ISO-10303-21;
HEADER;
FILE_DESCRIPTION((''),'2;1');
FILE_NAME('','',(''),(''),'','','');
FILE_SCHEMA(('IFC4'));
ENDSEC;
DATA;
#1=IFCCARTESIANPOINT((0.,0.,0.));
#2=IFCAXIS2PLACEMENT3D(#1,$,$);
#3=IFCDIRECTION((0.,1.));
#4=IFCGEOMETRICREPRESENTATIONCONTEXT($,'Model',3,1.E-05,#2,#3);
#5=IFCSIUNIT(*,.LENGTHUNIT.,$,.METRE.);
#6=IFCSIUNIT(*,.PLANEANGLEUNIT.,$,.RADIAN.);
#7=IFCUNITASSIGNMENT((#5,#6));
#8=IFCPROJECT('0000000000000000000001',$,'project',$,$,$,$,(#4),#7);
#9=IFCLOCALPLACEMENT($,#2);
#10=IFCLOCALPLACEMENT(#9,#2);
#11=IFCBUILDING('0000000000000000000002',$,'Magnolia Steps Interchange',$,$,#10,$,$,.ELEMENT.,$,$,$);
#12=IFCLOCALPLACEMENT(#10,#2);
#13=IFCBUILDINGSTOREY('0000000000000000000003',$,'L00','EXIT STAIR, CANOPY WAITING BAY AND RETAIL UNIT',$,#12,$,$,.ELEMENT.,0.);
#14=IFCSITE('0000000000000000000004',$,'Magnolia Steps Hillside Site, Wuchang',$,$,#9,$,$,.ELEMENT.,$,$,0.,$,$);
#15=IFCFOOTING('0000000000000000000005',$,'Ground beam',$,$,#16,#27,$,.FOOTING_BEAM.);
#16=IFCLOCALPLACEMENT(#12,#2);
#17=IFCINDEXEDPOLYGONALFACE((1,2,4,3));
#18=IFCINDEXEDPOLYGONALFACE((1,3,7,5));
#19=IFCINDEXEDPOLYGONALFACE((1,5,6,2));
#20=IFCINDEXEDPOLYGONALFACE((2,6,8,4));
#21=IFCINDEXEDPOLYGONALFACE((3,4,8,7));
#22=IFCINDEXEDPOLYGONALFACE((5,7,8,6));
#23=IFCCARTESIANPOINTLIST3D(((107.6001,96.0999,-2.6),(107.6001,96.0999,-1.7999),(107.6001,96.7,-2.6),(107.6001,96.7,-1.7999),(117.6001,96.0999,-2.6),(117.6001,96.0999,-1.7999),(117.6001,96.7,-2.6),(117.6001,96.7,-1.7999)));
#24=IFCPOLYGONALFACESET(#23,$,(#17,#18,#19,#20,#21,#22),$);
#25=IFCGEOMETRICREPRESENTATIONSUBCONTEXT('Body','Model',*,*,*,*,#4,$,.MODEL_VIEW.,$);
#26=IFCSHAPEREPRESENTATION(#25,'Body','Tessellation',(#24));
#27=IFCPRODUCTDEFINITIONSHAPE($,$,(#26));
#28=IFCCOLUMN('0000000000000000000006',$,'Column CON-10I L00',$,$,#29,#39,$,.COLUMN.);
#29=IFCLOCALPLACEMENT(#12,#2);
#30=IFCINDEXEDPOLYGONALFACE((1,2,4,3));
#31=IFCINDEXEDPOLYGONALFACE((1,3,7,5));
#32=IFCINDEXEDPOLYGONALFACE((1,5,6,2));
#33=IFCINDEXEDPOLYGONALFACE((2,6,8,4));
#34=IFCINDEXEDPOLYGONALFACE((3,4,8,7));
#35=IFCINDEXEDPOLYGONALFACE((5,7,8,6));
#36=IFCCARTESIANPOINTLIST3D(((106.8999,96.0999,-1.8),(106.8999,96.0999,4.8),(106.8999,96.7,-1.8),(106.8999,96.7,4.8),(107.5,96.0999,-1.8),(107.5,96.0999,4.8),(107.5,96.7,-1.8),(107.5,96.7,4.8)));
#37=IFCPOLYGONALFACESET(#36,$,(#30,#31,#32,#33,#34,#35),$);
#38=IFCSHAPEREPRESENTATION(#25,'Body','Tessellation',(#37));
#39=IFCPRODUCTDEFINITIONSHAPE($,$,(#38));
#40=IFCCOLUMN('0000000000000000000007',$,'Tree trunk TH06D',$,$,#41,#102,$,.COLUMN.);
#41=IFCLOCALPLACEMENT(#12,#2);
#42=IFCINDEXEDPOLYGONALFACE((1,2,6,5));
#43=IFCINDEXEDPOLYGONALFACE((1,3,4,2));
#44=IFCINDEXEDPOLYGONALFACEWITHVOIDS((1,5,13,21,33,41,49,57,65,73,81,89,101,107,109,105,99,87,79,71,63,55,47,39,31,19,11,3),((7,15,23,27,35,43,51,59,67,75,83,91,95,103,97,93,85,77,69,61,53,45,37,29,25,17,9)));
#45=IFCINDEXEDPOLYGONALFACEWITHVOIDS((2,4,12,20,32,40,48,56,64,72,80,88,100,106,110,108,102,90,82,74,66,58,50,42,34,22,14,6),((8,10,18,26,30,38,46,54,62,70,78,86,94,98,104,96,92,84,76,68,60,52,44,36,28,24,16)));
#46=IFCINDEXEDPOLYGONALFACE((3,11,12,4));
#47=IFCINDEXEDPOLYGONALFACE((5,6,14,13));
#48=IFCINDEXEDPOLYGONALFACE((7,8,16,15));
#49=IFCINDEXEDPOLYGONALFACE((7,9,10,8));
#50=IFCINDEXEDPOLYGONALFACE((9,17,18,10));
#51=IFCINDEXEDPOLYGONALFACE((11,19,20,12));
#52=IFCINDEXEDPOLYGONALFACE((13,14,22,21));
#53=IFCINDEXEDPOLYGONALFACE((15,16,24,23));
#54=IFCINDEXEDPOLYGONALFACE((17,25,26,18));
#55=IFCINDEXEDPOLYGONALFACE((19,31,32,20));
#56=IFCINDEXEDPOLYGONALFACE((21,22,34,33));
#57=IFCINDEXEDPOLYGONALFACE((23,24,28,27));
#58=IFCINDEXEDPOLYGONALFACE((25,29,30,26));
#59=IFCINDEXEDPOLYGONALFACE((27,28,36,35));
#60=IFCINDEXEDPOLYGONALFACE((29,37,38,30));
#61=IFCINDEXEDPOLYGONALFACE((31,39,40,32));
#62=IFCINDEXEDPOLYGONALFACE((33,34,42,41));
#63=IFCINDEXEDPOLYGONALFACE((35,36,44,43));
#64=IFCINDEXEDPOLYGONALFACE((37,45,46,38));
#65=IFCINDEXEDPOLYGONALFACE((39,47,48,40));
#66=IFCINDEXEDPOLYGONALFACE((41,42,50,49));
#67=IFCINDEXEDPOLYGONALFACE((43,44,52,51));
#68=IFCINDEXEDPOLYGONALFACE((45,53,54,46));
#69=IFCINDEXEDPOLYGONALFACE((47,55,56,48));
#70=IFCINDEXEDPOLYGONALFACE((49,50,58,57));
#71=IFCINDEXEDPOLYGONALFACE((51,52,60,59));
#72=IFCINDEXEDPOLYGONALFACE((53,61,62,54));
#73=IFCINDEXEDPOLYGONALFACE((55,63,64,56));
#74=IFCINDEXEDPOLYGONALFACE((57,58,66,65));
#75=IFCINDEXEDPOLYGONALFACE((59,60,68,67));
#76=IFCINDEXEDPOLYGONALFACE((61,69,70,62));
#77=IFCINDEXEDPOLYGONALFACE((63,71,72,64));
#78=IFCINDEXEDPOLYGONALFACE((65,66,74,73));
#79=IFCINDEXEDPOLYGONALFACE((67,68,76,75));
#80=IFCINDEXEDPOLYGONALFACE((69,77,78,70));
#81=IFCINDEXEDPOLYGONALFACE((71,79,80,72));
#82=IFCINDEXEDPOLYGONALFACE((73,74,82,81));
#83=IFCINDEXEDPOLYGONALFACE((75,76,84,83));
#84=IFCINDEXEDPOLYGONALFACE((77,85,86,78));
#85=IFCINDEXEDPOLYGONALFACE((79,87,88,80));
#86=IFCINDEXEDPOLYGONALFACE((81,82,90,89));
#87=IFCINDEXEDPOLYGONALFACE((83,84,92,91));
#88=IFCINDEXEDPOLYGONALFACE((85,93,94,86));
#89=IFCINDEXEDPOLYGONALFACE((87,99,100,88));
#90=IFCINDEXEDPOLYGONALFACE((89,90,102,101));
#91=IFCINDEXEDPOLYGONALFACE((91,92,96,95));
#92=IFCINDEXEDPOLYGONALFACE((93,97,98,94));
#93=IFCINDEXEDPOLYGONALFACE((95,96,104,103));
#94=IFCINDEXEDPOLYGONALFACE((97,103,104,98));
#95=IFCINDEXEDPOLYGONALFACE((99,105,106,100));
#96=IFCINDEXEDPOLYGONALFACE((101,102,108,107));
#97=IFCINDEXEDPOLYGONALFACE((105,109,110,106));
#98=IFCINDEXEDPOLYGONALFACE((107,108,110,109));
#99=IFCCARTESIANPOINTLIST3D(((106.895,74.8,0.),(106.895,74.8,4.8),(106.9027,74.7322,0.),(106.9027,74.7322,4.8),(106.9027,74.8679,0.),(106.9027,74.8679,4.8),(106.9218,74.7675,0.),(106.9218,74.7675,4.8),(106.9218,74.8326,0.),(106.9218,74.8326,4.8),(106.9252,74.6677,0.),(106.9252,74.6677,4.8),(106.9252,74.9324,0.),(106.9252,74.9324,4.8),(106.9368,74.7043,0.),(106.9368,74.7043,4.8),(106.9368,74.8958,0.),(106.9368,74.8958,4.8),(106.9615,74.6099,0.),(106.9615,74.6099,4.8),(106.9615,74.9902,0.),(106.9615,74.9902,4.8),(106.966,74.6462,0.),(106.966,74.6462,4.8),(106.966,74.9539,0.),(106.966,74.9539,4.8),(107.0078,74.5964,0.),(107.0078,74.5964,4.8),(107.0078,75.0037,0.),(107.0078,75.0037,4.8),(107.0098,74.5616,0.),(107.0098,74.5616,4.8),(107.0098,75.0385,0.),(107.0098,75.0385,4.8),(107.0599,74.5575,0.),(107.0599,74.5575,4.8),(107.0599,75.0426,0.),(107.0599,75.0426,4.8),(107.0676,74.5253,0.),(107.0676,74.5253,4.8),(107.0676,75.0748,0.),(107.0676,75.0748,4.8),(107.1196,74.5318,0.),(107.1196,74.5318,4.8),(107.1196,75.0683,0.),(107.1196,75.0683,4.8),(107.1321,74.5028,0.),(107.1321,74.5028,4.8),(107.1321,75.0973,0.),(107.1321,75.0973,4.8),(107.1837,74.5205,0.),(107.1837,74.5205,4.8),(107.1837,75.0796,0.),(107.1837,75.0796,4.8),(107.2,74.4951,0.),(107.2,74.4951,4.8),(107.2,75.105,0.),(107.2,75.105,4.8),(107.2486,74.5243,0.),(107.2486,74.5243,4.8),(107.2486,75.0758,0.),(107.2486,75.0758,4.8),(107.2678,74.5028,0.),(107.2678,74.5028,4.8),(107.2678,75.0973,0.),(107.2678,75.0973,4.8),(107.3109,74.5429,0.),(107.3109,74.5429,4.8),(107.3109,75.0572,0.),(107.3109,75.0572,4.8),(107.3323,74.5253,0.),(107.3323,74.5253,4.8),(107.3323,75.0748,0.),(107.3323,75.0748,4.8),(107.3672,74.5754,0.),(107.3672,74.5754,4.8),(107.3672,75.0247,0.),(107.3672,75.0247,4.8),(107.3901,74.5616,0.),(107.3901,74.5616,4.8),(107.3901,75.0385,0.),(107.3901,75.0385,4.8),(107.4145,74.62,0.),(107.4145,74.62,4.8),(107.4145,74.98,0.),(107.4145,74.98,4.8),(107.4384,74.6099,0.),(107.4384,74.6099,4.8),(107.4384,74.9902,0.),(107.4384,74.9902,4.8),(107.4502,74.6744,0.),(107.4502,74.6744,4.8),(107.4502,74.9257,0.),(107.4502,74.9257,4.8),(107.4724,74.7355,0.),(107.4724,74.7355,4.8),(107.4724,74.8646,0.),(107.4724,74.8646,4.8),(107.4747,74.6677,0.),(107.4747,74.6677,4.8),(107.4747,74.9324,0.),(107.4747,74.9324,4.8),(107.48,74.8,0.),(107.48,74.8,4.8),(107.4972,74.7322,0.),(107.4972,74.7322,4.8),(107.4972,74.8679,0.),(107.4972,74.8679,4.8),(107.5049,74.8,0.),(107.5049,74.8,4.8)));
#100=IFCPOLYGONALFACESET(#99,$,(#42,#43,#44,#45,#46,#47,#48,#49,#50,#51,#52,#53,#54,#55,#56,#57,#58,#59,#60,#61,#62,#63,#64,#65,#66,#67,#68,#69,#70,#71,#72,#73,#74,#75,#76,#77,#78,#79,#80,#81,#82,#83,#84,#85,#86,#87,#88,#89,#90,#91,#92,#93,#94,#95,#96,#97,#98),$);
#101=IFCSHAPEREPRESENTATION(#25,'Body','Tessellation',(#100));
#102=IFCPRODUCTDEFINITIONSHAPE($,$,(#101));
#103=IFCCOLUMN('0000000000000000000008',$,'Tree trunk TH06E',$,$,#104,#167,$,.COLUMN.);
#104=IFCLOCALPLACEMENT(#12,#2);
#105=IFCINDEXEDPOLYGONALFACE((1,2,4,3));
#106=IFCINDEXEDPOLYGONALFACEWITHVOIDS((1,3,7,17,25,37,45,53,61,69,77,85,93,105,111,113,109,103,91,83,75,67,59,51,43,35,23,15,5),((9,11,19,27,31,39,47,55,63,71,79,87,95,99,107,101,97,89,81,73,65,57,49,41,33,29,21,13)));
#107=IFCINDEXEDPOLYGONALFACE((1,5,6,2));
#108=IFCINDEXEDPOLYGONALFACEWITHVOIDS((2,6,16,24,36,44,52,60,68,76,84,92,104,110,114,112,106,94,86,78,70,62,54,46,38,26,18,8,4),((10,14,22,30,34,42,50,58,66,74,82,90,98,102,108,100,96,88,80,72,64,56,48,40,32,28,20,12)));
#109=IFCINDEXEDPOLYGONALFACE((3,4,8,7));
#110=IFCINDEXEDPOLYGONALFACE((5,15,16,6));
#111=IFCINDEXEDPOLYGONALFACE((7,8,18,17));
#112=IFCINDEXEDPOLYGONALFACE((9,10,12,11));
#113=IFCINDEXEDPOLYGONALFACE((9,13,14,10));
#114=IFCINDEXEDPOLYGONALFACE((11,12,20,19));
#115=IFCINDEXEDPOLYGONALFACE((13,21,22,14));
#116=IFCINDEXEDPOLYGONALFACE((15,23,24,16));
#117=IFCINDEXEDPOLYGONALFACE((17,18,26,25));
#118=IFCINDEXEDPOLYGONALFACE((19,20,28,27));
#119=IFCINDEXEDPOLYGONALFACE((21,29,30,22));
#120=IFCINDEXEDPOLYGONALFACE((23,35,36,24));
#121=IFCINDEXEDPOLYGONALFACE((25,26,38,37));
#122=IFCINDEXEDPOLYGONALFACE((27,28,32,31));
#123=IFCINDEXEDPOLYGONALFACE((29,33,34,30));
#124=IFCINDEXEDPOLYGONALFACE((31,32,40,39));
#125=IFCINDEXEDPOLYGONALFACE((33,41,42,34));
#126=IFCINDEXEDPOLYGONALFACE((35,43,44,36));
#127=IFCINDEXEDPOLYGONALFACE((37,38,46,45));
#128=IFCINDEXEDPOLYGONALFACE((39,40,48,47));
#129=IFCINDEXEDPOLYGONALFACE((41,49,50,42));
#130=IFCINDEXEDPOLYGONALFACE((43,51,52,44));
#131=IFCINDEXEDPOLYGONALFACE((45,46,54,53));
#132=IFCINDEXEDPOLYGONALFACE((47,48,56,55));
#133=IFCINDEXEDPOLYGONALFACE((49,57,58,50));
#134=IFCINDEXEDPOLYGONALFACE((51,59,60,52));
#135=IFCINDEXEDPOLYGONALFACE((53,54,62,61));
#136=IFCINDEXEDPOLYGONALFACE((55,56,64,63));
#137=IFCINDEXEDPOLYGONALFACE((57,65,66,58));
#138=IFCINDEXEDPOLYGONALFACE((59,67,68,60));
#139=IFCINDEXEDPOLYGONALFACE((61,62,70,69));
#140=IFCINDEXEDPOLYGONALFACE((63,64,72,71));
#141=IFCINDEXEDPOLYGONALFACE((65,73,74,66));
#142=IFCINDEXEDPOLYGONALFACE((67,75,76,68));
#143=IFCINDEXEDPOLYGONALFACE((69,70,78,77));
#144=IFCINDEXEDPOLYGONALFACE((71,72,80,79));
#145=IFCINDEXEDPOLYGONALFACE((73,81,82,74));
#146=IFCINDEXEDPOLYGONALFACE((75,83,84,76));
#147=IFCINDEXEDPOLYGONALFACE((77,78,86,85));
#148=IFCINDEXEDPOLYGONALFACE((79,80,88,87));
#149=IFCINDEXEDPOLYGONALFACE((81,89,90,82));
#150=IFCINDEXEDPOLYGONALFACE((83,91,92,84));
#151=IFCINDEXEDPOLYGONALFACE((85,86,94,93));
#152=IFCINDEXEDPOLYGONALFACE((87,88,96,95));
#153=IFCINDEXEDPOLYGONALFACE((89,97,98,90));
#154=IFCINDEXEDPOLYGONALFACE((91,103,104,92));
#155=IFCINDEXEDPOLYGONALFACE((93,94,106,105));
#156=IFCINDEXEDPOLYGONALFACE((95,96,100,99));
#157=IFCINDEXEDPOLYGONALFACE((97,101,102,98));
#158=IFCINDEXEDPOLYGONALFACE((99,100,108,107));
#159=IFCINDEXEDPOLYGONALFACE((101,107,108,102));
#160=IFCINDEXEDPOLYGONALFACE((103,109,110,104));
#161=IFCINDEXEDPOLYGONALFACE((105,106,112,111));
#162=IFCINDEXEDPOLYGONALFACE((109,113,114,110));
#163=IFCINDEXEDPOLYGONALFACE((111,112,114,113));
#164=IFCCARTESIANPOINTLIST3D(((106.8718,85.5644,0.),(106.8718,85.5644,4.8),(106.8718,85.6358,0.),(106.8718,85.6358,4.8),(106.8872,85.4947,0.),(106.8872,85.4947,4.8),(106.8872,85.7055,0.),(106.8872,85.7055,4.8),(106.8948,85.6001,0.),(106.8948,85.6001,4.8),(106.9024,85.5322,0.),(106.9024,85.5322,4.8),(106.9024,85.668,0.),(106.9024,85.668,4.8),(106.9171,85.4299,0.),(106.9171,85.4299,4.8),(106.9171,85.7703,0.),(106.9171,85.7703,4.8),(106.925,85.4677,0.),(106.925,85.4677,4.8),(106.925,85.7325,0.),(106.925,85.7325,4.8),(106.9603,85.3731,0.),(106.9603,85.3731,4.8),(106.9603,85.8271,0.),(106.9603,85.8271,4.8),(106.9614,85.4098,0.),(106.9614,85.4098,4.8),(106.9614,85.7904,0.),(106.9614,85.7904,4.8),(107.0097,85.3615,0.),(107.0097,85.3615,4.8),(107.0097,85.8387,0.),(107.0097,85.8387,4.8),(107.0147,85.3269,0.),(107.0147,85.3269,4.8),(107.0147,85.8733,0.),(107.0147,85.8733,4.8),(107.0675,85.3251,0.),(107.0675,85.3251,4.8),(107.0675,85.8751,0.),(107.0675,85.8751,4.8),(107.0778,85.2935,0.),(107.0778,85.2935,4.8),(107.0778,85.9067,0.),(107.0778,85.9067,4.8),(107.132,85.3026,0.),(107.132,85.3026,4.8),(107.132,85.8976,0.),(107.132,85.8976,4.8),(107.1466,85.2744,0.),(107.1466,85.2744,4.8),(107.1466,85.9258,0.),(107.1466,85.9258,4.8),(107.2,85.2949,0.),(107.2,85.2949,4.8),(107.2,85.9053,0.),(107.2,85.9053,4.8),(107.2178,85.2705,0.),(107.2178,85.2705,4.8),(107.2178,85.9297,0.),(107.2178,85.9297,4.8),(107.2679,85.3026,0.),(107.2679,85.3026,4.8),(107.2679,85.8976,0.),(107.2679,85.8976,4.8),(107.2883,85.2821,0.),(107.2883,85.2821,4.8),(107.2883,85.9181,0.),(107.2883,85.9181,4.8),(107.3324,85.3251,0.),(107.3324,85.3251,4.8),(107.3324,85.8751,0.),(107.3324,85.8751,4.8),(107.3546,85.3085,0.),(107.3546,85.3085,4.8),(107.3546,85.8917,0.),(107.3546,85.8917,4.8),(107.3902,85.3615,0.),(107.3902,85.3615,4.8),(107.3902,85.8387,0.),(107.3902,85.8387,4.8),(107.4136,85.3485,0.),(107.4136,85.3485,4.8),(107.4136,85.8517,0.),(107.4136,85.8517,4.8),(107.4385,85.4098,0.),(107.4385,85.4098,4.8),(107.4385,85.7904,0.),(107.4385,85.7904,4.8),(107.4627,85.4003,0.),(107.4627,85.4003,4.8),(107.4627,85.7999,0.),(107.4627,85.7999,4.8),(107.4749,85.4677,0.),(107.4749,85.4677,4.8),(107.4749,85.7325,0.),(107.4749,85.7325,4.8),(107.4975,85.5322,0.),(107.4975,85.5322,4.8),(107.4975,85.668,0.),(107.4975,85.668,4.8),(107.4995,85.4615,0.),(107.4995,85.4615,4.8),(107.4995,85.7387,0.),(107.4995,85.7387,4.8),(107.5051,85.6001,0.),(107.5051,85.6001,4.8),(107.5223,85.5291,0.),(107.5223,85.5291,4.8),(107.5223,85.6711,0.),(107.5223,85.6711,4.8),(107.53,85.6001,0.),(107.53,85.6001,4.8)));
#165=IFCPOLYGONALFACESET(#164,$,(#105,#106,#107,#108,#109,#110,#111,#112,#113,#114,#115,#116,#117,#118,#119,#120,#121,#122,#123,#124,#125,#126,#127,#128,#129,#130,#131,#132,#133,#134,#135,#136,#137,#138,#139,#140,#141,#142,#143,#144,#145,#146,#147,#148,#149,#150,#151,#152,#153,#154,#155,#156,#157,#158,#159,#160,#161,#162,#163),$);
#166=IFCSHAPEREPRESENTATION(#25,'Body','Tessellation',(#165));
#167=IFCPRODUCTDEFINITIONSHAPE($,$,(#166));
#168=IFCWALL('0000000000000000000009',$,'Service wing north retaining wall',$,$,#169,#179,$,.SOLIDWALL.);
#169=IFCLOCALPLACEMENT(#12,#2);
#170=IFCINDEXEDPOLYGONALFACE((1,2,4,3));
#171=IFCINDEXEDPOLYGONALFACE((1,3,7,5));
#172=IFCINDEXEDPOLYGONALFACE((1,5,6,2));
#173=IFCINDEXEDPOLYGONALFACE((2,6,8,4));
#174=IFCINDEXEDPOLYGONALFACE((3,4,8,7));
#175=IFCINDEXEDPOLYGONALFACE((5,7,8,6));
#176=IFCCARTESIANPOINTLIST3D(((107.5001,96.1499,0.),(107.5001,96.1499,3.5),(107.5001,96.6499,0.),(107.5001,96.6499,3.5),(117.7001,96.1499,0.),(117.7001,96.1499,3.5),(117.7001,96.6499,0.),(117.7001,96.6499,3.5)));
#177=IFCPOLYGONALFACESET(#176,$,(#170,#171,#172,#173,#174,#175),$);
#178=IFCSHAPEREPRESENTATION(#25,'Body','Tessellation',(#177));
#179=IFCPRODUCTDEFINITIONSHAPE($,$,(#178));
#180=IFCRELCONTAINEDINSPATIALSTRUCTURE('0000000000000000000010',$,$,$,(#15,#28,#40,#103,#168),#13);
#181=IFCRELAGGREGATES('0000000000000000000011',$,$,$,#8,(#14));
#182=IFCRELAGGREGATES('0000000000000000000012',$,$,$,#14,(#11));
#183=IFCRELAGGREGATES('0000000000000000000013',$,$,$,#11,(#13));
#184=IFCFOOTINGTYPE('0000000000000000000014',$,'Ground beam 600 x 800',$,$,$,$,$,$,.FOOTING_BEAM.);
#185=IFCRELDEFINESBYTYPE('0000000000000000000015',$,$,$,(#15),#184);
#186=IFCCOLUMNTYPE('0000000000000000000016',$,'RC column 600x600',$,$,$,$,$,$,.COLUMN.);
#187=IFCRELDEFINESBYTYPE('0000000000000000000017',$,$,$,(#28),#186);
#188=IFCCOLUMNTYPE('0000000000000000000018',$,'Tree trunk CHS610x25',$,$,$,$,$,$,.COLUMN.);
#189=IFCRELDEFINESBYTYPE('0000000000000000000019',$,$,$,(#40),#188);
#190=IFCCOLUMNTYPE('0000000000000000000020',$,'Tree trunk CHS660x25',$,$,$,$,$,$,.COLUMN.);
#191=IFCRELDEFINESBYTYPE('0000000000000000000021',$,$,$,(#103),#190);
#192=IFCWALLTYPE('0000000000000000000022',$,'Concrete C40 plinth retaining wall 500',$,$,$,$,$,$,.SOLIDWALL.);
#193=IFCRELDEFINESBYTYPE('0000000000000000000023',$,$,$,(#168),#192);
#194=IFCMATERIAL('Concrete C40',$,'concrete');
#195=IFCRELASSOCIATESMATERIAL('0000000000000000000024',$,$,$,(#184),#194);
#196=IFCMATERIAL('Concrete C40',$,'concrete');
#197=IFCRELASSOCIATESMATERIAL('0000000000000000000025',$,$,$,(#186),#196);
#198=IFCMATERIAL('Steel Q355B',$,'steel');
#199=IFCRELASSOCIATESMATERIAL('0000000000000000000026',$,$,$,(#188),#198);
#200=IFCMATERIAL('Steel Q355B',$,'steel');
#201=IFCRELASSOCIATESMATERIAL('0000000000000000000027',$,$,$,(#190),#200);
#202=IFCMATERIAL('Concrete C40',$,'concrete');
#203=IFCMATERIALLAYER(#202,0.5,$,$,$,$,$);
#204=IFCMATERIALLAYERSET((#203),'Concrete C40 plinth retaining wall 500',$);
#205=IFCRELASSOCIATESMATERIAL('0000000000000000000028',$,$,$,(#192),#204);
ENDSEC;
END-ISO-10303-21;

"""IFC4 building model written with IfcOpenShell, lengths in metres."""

from ifc_helpers import new_model, si_unit, direction, frame, frame_2d, origin, origin_2d, place, context, subcontext, project, spatial, rectangle, hollow_circle, extrude, material, layer, layer_set, material_profile, profile_set, type_object, element, save


model = new_model("IFC4")

# Units and contexts
model_context = context("Model", 3, precision=1e-05, world=origin(), true_north=direction((0.0, 1.0)))
body_context = subcontext(model_context, "Body", "Model", "MODEL_VIEW")
ifc_project = project(units=[si_unit("LENGTHUNIT", "METRE"), si_unit("PLANEANGLEUNIT", "RADIAN")], contexts=[model_context])

# Site, building, storey
site_placement = place(None, origin())
site = spatial("IfcSite", under=ifc_project, at=site_placement, Name="Magnolia Steps Hillside Site, Wuchang", CompositionType="ELEMENT", RefElevation=0.0)
building_placement = place(site_placement, origin())
building = spatial("IfcBuilding", under=site, at=building_placement, Name="Magnolia Steps Interchange", CompositionType="ELEMENT")
storey_placement = place(building_placement, origin())
storey = spatial("IfcBuildingStorey", under=building, at=storey_placement, Name="L00", Description="EXIT STAIR, CANOPY WAITING BAY AND RETAIL UNIT", CompositionType="ELEMENT", Elevation=0.0)

# Footing
ifc_material_1 = material(Name="Concrete C40", Category="concrete")
ifc_material_profile_1 = material_profile(ifc_material_1, rectangle(XDim=0.6001, YDim=0.8, at=origin_2d()), Name="RC600x800")
ifc_profile_set_1 = profile_set([ifc_material_profile_1], Name="Concrete C40")
footing_type = type_object("IfcFootingType", Name="Ground beam 600 x 800", PredefinedType="FOOTING_BEAM", material=ifc_profile_set_1)
footing_placement = place(storey_placement, frame((107.6001, 96.3999, -2.2), z_axis=(1.0, 0.0, 0.0), x_axis=(0.0, 1.0, 0.0)))
element("IfcFooting", 1, at=footing_placement, inside=storey, type_object=footing_type, Name="Ground beam", PredefinedType="FOOTING_BEAM", context=body_context, shape_type="SweptSolid", body=[
    extrude(rectangle(XDim=0.6001, YDim=0.8, at=origin_2d()), origin(), (0.0, 0.0, 1.0), 10.0),
])

# Columns
ifc_material_2 = material(Name="Concrete C40", Category="concrete")
ifc_material_profile_2 = material_profile(ifc_material_2, rectangle(XDim=0.6001, YDim=0.6001, at=origin_2d()), Name="RC600x600")
ifc_profile_set_2 = profile_set([ifc_material_profile_2], Name="Concrete C40")
column_type_1 = type_object("IfcColumnType", Name="RC column 600x600", PredefinedType="COLUMN", material=ifc_profile_set_2)
column_1_placement = place(storey_placement, frame((107.2, 96.3999, -1.8), z_axis=(0.0, 0.0, 1.0), x_axis=(1.0, 0.0, 0.0)))
element("IfcColumn", 2, at=column_1_placement, inside=storey, type_object=column_type_1, Name="Column CON-10I L00", PredefinedType="COLUMN", context=body_context, shape_type="SweptSolid", body=[
    extrude(rectangle(XDim=0.6001, YDim=0.6001, at=origin_2d()), origin(), (0.0, 0.0, 1.0), 6.6001),
])
ifc_material_3 = material(Name="Steel Q355B", Category="steel")
ifc_material_profile_3 = material_profile(ifc_material_3, hollow_circle(Radius=0.3049, WallThickness=0.0249, at=origin_2d()), Name="CHS610x25")
ifc_profile_set_3 = profile_set([ifc_material_profile_3], Name="Steel Q355B")
column_type_2 = type_object("IfcColumnType", Name="Tree trunk CHS610x25", PredefinedType="COLUMN", material=ifc_profile_set_3)
column_2_placement = place(storey_placement, frame((107.2, 74.8, 0.0), z_axis=(0.0, 0.0, 1.0), x_axis=(1.0, 0.0, 0.0)))
element("IfcColumn", 3, at=column_2_placement, inside=storey, type_object=column_type_2, Name="Tree trunk TH06D", PredefinedType="COLUMN", context=body_context, shape_type="SweptSolid", body=[
    extrude(hollow_circle(Radius=0.3049, WallThickness=0.0249, at=origin_2d()), origin(), (0.0, 0.0, 1.0), 4.8),
])
ifc_material_4 = material(Name="Steel Q355B", Category="steel")
ifc_material_profile_4 = material_profile(ifc_material_4, hollow_circle(Radius=0.3301, WallThickness=0.0249, at=origin_2d()), Name="CHS660x25")
ifc_profile_set_4 = profile_set([ifc_material_profile_4], Name="Steel Q355B")
column_type_3 = type_object("IfcColumnType", Name="Tree trunk CHS660x25", PredefinedType="COLUMN", material=ifc_profile_set_4)
column_3_placement = place(storey_placement, frame((107.2, 85.6001, 0.0), z_axis=(0.0, 0.0, 1.0), x_axis=(1.0, 0.0, 0.0)))
element("IfcColumn", 4, at=column_3_placement, inside=storey, type_object=column_type_3, Name="Tree trunk TH06E", PredefinedType="COLUMN", context=body_context, shape_type="SweptSolid", body=[
    extrude(hollow_circle(Radius=0.3301, WallThickness=0.0249, at=origin_2d()), origin(), (0.0, 0.0, 1.0), 4.8),
])

# Wall
ifc_material_5 = material(Name="Concrete C40", Category="concrete")
ifc_layer_1 = layer(ifc_material_5, 0.5)
ifc_layer_set_1 = layer_set([ifc_layer_1], Name="Concrete C40 plinth retaining wall 500")
wall_type_1 = type_object("IfcWallType", Name="Concrete C40 plinth retaining wall 500", PredefinedType="SOLIDWALL", material=ifc_layer_set_1)
wall_1_placement = place(storey_placement, frame((107.5, 96.3999, 0.0), z_axis=(0.0, 0.0, 1.0), x_axis=(1.0, 0.0, 0.0)))
element("IfcWall", 5, at=wall_1_placement, inside=storey, type_object=wall_type_1, Name="Service wing north retaining wall", PredefinedType="SOLIDWALL", context=body_context, shape_type="SweptSolid", body=[
    extrude(rectangle(XDim=10.2, YDim=0.5, at=frame_2d((5.1001, 0.0))), origin(), (0.0, 0.0, 1.0), 3.5),
])

save(model, "model.ifc")
